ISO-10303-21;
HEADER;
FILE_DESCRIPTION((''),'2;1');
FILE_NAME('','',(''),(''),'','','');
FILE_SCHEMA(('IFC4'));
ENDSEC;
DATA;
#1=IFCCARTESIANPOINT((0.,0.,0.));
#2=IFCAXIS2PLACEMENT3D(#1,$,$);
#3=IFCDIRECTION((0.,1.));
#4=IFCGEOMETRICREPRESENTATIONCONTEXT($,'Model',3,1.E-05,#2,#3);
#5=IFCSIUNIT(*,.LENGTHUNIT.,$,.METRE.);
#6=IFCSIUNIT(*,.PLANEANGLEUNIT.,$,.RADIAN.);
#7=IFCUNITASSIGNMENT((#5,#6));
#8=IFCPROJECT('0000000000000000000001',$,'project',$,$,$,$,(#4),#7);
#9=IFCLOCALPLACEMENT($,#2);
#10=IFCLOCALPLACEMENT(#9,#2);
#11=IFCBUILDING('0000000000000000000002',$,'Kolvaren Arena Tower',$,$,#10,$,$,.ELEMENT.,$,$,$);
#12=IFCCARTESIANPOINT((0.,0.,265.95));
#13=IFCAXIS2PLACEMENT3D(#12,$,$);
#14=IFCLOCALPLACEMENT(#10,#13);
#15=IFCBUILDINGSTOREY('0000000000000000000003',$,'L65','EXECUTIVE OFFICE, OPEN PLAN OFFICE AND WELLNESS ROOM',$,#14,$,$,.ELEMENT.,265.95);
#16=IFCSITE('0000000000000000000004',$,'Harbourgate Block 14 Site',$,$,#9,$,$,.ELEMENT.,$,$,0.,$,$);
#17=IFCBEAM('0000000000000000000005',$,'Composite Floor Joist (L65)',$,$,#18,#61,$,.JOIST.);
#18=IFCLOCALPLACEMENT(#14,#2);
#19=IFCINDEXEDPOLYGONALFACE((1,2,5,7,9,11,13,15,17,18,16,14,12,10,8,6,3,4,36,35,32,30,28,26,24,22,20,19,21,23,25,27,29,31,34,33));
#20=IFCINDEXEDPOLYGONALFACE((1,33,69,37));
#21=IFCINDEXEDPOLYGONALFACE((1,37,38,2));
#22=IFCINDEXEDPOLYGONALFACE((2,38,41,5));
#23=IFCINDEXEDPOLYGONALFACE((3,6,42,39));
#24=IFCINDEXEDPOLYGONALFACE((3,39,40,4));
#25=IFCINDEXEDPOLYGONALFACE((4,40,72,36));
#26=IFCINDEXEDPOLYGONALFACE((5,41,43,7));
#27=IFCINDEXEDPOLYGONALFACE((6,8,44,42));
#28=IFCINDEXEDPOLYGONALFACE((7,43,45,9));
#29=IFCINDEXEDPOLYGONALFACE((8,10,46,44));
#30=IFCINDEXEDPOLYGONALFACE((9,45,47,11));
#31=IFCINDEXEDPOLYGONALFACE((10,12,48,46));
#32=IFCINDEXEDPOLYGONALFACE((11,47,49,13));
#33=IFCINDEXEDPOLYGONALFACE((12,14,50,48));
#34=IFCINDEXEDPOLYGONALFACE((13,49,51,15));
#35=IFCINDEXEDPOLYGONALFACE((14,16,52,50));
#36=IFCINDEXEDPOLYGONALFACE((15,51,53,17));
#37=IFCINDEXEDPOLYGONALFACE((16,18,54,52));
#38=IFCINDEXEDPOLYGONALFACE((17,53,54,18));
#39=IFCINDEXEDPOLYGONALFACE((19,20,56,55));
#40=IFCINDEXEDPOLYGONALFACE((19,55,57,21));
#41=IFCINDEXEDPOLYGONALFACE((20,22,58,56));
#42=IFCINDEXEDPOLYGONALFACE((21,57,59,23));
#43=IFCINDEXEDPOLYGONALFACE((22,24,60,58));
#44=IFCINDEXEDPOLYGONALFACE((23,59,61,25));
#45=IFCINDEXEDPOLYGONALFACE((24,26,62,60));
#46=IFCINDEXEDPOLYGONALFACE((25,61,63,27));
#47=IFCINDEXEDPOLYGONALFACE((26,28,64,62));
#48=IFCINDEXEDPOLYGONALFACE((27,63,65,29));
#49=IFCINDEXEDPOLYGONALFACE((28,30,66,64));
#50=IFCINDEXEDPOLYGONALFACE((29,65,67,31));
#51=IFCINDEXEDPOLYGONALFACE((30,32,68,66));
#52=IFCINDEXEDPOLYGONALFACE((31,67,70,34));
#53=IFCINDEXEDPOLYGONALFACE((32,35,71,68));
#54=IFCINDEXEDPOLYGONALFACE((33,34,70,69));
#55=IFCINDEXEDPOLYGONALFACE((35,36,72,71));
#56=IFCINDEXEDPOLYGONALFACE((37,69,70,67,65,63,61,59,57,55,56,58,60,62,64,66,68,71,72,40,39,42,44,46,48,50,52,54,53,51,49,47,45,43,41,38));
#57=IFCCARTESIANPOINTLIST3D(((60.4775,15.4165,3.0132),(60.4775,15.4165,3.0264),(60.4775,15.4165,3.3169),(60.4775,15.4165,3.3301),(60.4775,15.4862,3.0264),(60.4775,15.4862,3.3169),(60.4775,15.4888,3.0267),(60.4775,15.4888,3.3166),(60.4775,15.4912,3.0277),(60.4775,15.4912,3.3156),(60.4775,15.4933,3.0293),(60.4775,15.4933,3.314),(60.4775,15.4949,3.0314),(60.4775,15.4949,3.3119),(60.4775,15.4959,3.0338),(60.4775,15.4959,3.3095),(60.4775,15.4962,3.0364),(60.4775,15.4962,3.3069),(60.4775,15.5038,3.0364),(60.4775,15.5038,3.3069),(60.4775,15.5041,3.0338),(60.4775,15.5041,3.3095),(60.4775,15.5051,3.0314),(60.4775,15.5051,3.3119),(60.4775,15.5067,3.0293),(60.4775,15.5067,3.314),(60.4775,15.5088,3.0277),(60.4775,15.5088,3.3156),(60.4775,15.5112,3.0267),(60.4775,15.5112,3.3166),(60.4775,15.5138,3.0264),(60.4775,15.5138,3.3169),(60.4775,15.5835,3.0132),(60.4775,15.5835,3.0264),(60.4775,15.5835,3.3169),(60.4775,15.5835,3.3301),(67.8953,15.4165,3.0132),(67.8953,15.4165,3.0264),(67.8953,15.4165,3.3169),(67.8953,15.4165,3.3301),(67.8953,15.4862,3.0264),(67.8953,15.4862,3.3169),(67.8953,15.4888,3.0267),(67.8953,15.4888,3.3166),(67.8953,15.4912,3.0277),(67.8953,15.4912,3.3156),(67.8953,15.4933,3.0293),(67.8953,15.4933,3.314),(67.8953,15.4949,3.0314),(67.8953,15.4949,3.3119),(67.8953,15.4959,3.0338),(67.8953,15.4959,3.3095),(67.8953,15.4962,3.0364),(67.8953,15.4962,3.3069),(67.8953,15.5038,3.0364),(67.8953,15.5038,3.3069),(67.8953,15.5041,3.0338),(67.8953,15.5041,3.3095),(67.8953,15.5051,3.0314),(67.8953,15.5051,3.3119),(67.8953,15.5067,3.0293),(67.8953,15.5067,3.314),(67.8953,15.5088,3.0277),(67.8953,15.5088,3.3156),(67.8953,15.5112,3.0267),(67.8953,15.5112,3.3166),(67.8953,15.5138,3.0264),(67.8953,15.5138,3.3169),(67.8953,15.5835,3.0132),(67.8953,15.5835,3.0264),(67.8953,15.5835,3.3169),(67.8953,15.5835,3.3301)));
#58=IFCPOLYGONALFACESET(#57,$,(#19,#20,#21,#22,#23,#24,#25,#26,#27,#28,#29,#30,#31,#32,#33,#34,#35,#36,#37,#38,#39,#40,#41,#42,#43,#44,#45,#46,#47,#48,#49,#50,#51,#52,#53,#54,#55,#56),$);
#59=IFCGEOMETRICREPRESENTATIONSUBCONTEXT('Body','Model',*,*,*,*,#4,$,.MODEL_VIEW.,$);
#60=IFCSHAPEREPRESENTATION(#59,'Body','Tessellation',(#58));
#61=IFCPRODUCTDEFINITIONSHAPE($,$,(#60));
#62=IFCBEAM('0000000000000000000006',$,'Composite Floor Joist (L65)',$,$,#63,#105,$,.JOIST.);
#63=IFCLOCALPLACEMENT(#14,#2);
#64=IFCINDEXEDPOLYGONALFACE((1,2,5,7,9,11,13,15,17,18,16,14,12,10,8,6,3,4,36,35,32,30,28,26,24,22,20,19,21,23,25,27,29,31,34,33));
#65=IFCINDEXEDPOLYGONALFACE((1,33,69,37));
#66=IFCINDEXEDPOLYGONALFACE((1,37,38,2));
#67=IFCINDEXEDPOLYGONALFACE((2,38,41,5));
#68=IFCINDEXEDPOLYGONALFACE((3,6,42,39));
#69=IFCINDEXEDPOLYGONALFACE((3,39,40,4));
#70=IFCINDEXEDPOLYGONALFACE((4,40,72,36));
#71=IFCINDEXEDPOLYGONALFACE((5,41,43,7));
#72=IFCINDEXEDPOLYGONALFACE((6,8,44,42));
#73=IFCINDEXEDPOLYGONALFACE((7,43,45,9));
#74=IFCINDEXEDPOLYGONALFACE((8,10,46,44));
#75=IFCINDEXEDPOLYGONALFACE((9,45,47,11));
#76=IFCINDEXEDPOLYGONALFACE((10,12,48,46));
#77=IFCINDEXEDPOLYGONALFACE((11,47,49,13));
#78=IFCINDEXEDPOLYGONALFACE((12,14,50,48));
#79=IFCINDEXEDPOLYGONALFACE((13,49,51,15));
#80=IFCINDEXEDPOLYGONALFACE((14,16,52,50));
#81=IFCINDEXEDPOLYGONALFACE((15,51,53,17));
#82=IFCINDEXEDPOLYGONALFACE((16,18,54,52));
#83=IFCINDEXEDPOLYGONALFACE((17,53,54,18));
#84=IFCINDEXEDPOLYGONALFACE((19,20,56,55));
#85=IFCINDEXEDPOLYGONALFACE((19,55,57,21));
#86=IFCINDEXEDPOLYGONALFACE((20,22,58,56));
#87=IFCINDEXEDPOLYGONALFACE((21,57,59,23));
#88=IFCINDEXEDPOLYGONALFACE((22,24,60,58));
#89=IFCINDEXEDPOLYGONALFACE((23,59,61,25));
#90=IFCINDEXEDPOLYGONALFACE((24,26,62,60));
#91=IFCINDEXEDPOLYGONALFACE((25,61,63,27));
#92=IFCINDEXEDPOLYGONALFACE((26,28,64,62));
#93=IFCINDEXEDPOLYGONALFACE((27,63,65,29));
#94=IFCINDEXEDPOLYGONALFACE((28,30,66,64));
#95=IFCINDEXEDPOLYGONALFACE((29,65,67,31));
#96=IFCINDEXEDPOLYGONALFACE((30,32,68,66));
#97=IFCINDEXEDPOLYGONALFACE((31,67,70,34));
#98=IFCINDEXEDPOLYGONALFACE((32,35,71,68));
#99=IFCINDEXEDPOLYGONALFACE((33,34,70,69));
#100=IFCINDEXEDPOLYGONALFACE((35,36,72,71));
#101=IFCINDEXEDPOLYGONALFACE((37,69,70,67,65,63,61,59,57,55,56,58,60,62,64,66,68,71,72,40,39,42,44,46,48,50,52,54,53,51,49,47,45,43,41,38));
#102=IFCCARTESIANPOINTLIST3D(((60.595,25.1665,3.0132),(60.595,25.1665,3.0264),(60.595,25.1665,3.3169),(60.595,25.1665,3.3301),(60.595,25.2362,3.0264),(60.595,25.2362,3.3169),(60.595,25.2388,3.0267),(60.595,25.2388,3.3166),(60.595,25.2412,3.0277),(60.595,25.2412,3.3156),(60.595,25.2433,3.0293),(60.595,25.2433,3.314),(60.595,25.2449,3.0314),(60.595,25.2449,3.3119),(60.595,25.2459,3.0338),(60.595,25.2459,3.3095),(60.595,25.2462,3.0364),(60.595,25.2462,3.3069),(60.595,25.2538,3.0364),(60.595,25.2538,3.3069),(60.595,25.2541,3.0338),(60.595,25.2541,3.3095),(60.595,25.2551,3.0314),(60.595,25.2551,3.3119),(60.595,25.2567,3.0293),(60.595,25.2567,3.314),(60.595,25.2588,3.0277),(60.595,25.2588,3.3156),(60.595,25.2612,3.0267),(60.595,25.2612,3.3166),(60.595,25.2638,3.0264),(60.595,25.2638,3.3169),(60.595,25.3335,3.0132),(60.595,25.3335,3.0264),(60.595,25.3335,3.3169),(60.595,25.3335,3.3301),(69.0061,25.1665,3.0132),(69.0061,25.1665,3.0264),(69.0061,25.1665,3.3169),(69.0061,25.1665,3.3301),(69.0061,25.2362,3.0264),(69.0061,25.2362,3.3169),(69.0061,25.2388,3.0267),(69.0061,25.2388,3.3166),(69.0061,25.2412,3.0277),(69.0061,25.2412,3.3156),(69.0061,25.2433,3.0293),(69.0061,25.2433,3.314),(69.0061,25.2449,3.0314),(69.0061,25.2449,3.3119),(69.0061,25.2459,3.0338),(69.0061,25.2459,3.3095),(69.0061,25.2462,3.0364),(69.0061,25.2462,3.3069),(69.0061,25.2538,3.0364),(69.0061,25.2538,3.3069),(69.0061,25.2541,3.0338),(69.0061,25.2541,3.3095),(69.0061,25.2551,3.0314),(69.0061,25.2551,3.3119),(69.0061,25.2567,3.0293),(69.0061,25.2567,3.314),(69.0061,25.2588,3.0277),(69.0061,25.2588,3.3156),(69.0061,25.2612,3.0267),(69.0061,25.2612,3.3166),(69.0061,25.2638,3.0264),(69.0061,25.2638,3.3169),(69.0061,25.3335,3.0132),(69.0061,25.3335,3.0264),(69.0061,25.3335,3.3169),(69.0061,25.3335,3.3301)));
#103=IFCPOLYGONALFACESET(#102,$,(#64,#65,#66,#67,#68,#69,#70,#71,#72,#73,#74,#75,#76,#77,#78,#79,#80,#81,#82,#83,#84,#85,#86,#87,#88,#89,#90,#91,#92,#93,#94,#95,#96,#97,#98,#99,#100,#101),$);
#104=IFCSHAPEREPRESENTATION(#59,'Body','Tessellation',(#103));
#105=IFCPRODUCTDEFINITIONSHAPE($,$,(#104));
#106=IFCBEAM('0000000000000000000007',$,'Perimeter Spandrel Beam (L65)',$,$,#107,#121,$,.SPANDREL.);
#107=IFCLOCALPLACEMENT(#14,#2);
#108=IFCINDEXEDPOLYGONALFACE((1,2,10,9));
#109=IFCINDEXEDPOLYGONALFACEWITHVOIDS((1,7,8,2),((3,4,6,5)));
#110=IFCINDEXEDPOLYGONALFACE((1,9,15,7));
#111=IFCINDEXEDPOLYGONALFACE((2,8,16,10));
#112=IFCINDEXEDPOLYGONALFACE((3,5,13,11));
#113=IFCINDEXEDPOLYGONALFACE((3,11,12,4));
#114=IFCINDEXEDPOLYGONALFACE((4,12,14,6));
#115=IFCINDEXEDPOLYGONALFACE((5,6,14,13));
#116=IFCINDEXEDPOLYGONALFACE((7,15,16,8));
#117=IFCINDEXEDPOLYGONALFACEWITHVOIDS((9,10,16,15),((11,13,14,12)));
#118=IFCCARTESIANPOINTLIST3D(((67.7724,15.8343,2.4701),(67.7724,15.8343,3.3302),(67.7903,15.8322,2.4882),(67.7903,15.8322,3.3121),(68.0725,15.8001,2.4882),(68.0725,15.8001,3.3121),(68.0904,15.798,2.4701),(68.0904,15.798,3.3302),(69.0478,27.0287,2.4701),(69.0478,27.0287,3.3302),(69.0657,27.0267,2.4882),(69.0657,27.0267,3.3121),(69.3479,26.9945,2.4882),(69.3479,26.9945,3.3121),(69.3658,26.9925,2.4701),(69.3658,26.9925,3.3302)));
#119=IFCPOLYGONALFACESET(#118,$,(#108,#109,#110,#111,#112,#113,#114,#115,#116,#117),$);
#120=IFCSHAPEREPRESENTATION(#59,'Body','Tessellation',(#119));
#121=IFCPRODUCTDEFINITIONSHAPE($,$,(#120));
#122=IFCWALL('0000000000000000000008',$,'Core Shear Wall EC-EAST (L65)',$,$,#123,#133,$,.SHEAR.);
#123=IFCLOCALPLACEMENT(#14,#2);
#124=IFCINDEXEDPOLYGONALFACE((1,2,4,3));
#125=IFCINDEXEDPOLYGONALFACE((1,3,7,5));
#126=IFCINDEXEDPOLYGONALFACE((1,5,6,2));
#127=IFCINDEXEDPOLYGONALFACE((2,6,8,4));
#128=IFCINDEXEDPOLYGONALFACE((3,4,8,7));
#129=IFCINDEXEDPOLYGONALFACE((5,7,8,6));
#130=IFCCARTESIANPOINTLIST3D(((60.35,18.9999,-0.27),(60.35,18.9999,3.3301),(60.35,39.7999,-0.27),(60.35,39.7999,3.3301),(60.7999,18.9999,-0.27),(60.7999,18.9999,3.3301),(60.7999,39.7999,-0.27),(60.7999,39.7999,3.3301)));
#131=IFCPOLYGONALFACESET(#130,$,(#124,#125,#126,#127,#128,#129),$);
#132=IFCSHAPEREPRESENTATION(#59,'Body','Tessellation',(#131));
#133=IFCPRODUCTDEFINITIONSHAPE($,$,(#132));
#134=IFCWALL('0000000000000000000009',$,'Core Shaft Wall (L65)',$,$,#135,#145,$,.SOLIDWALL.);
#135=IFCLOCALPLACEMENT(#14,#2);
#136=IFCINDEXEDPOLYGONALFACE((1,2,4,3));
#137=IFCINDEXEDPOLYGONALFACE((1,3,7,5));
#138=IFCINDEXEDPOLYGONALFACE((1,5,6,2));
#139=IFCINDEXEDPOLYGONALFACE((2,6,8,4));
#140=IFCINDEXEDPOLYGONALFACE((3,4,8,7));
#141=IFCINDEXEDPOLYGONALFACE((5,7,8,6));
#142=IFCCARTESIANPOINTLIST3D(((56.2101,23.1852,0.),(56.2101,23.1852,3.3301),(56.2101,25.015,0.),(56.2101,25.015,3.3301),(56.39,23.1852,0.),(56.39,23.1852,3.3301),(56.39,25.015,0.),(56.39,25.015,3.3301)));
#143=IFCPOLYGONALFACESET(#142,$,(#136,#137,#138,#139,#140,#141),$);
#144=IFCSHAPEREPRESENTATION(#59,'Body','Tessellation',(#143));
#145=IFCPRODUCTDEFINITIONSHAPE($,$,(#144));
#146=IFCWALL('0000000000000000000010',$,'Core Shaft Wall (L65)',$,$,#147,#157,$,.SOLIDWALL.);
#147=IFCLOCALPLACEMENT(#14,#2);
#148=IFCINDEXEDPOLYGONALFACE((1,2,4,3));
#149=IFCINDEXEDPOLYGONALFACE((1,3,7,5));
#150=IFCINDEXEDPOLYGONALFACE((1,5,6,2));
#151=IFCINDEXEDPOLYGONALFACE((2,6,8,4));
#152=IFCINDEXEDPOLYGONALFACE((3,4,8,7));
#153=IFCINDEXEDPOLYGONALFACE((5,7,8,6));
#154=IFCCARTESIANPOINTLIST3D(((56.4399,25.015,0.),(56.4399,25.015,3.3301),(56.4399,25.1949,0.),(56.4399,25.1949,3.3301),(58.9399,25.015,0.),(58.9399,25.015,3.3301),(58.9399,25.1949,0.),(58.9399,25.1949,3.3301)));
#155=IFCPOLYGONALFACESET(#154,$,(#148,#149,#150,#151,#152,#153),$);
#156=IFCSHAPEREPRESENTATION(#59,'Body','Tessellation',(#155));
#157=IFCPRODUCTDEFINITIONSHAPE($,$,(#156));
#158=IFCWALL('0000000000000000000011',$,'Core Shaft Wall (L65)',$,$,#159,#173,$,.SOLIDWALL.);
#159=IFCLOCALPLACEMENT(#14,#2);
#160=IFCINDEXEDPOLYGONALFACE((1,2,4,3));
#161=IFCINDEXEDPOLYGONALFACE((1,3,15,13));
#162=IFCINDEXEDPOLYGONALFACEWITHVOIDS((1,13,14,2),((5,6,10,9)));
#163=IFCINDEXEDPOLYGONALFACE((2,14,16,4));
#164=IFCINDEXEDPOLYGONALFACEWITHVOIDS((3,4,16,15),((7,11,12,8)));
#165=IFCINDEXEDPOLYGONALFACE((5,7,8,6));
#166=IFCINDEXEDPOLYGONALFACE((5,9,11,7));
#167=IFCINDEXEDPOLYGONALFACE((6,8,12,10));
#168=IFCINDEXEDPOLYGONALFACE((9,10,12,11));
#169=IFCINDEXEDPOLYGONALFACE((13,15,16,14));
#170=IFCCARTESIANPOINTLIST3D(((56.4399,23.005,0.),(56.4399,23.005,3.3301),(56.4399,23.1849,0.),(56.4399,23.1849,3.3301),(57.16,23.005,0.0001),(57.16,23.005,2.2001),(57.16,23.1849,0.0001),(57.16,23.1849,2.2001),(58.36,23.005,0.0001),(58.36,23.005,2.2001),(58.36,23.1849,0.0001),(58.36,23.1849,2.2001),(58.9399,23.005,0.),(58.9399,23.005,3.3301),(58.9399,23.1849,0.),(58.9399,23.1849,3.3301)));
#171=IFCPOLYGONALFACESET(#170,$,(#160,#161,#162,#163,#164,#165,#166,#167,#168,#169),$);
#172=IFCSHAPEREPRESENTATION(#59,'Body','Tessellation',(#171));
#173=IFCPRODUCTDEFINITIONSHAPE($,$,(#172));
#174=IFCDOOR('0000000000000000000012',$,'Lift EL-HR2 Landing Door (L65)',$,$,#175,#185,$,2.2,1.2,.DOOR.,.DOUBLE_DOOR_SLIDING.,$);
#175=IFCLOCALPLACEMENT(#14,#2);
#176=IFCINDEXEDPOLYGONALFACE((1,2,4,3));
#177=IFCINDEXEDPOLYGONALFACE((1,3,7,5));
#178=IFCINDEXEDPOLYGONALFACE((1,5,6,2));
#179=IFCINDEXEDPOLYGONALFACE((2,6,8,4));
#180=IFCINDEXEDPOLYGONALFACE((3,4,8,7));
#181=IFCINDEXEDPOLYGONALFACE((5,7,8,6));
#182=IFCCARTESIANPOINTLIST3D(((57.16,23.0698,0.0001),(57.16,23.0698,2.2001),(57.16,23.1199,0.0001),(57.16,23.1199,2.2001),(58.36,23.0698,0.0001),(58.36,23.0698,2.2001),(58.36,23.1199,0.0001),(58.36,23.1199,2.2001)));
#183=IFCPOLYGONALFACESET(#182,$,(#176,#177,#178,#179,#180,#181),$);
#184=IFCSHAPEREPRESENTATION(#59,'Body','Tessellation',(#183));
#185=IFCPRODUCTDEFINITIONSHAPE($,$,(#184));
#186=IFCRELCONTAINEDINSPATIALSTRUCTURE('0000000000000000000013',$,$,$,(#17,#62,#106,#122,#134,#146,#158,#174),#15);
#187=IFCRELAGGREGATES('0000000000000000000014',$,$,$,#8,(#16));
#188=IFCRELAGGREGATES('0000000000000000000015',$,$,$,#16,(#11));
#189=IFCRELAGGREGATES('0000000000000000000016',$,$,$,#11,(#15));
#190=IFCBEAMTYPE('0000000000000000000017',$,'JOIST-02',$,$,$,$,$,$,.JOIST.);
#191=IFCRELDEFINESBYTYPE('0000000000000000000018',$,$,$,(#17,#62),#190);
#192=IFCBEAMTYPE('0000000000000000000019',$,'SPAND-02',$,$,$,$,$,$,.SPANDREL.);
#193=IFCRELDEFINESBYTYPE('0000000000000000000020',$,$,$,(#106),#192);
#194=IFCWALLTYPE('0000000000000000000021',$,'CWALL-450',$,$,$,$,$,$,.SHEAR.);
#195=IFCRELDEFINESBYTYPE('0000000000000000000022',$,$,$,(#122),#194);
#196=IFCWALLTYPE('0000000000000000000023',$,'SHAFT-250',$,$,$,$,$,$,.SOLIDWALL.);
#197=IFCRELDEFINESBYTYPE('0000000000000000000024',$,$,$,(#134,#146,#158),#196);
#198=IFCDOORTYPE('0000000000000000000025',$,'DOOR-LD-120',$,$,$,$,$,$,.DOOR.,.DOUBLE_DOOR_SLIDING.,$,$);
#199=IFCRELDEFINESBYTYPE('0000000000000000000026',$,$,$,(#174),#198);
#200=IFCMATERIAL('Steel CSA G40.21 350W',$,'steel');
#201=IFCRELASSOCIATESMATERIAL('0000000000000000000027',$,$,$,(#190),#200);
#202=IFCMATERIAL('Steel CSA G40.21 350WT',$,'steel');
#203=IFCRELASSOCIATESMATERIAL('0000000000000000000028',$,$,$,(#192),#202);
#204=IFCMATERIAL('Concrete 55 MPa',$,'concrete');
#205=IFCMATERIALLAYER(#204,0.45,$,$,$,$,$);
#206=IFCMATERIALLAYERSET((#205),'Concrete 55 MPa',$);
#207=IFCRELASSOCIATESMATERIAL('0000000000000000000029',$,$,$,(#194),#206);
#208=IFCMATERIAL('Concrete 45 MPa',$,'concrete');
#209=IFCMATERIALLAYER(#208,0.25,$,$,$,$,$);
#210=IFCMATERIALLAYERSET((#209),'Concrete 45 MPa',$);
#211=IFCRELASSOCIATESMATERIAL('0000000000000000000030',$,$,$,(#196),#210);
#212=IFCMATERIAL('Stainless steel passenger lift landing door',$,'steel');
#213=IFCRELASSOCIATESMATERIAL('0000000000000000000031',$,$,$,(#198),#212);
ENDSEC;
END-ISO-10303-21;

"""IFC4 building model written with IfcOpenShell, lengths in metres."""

from ifc_helpers import new_model, si_unit, direction, frame, frame_2d, origin, origin_2d, place, context, subcontext, project, spatial, rectangle, hollow_rectangle, i_section, extrude, material, layer, layer_set, material_profile, profile_set, type_object, element, fill, save


model = new_model("IFC4")

# Units and contexts
model_context = context("Model", 3, precision=1e-05, world=origin(), true_north=direction((0.0, 1.0)))
body_context = subcontext(model_context, "Body", "Model", "MODEL_VIEW")
ifc_project = project(units=[si_unit("LENGTHUNIT", "METRE"), si_unit("PLANEANGLEUNIT", "RADIAN")], contexts=[model_context])

# Site, building, storey
site_placement = place(None, origin())
site = spatial("IfcSite", under=ifc_project, at=site_placement, Name="Harbourgate Block 14 Site", CompositionType="ELEMENT", RefElevation=0.0)
building_placement = place(site_placement, origin())
building = spatial("IfcBuilding", under=site, at=building_placement, Name="Kolvaren Arena Tower", CompositionType="ELEMENT")
storey_placement = place(building_placement, frame((0.0, 0.0, 265.95)))
storey = spatial("IfcBuildingStorey", under=building, at=storey_placement, Name="L65", Description="EXECUTIVE OFFICE, OPEN PLAN OFFICE AND WELLNESS ROOM", CompositionType="ELEMENT", Elevation=265.95)

# Beams
ifc_material_1 = material(Name="Steel CSA G40.21 350W", Category="steel")
ifc_material_profile_1 = material_profile(ifc_material_1, i_section(OverallWidth=0.167, OverallDepth=0.3169, WebThickness=0.0076, FlangeThickness=0.0132, FilletRadius=0.01, at=origin_2d()), Name="W310x52")
ifc_profile_set_1 = profile_set([ifc_material_profile_1], Name="Steel CSA G40.21 350W")
beam_type_1 = type_object("IfcBeamType", Name="JOIST-02", PredefinedType="JOIST", material=ifc_profile_set_1)
beam_1_placement = place(storey_placement, frame((60.4775, 15.5, 3.1716), z_axis=(1.0, 0.0, 0.0), x_axis=(0.0, 1.0, 0.0)))
element("IfcBeam", 1, at=beam_1_placement, inside=storey, type_object=beam_type_1, Name="Composite Floor Joist (L65)", PredefinedType="JOIST", context=body_context, shape_type="SweptSolid", body=[
    extrude(i_section(OverallWidth=0.167, OverallDepth=0.3169, WebThickness=0.0076, FlangeThickness=0.0132, FilletRadius=0.01, at=origin_2d()), origin(), (0.0, 0.0, 1.0), 7.4177),
])
beam_2_placement = place(storey_placement, frame((60.595, 25.25, 3.1716), z_axis=(1.0, 0.0, 0.0), x_axis=(0.0, 1.0, 0.0)))
element("IfcBeam", 2, at=beam_2_placement, inside=storey, type_object=beam_type_1, Name="Composite Floor Joist (L65)", PredefinedType="JOIST", context=body_context, shape_type="SweptSolid", body=[
    extrude(i_section(OverallWidth=0.167, OverallDepth=0.3169, WebThickness=0.0076, FlangeThickness=0.0132, FilletRadius=0.01, at=origin_2d()), origin(), (0.0, 0.0, 1.0), 8.4111),
])
ifc_material_2 = material(Name="Steel CSA G40.21 350WT", Category="steel")
ifc_material_profile_2 = material_profile(ifc_material_2, hollow_rectangle(XDim=0.3201, YDim=0.8601, WallThickness=0.0181, at=origin_2d()), Name="HSS 860x320x18")
ifc_profile_set_2 = profile_set([ifc_material_profile_2], Name="Steel CSA G40.21 350WT")
beam_type_2 = type_object("IfcBeamType", Name="SPAND-02", PredefinedType="SPANDREL", material=ifc_profile_set_2)
beam_3_placement = place(storey_placement, frame((67.9314, 15.8162, 2.9001), z_axis=(0.113199, 0.993572, 0.0), x_axis=(-0.993572, 0.113199, 0.0)))
element("IfcBeam", 3, at=beam_3_placement, inside=storey, type_object=beam_type_2, Name="Perimeter Spandrel Beam (L65)", PredefinedType="SPANDREL", context=body_context, shape_type="SweptSolid", body=[
    extrude(hollow_rectangle(XDim=0.3201, YDim=0.8601, WallThickness=0.0181, at=origin_2d()), origin(), (0.0, 0.0, 1.0), 11.2668),
])

# Walls
ifc_material_3 = material(Name="Concrete 55 MPa", Category="concrete")
ifc_layer_1 = layer(ifc_material_3, 0.45)
ifc_layer_set_1 = layer_set([ifc_layer_1], Name="Concrete 55 MPa")
wall_type_1 = type_object("IfcWallType", Name="CWALL-450", PredefinedType="SHEAR", material=ifc_layer_set_1)
wall_1_placement = place(storey_placement, frame((60.575, 19.0, -0.27), z_axis=(0.0, 0.0, 1.0), x_axis=(0.0, 1.0, 0.0)))
element("IfcWall", 4, at=wall_1_placement, inside=storey, type_object=wall_type_1, Name="Core Shear Wall EC-EAST (L65)", PredefinedType="SHEAR", context=body_context, shape_type="SweptSolid", body=[
    extrude(rectangle(XDim=20.8, YDim=0.45, at=frame_2d((10.3999, 0.0))), origin(), (0.0, 0.0, 1.0), 3.6001),
])
ifc_material_4 = material(Name="Concrete 45 MPa", Category="concrete")
ifc_layer_2 = layer(ifc_material_4, 0.25)
ifc_layer_set_2 = layer_set([ifc_layer_2], Name="Concrete 45 MPa")
wall_type_2 = type_object("IfcWallType", Name="SHAFT-250", PredefinedType="SOLIDWALL", material=ifc_layer_set_2)
wall_2_placement = place(storey_placement, frame((56.3, 23.1851, 0.0), z_axis=(0.0, 0.0, 1.0), x_axis=(0.0, 1.0, 0.0)))
element("IfcWall", 5, at=wall_2_placement, inside=storey, type_object=wall_type_2, Name="Core Shaft Wall (L65)", PredefinedType="SOLIDWALL", context=body_context, shape_type="SweptSolid", body=[
    extrude(rectangle(XDim=1.8298, YDim=0.1799, at=frame_2d((0.915, 0.0))), origin(), (0.0, 0.0, 1.0), 3.3301),
])
wall_3_placement = place(storey_placement, frame((56.4399, 25.105, 0.0), z_axis=(0.0, 0.0, 1.0), x_axis=(1.0, 0.0, 0.0)))
element("IfcWall", 6, at=wall_3_placement, inside=storey, type_object=wall_type_2, Name="Core Shaft Wall (L65)", PredefinedType="SOLIDWALL", context=body_context, shape_type="SweptSolid", body=[
    extrude(rectangle(XDim=2.5, YDim=0.1799, at=frame_2d((1.25, 0.0))), origin(), (0.0, 0.0, 1.0), 3.3301),
])

# Wall, opening, door
wall_4_placement = place(storey_placement, frame((56.4399, 23.095, 0.0), z_axis=(0.0, 0.0, 1.0), x_axis=(1.0, 0.0, 0.0)))
wall_4 = element("IfcWall", 7, at=wall_4_placement, inside=storey, type_object=wall_type_2, Name="Core Shaft Wall (L65)", PredefinedType="SOLIDWALL", context=body_context, shape_type="SweptSolid", body=[
    extrude(rectangle(XDim=2.5, YDim=0.1799, at=frame_2d((1.25, 0.0))), origin(), (0.0, 0.0, 1.0), 3.3301),
])
opening_placement = place(wall_4_placement, frame((0.72, 0.0, 0.0)))
opening = element("IfcOpeningElement", 8, at=opening_placement, cuts=wall_4, PredefinedType="OPENING", context=body_context, shape_type="SweptSolid", body=[
    extrude(rectangle(XDim=1.2, YDim=2.2, at=frame_2d((0.6001, 1.1001))), frame((0.0, 0.0999, 0.0), z_axis=(0.0, -1.0, 0.0), x_axis=(1.0, 0.0, 0.0)), (0.0, 0.0, 1.0), 0.2),
])
ifc_material_5 = material(Name="Stainless steel passenger lift landing door", Category="steel")
door_type = type_object("IfcDoorType", Name="DOOR-LD-120", OperationType="DOUBLE_DOOR_SLIDING", PredefinedType="DOOR", material=ifc_material_5)
door_placement = place(opening_placement, origin())
door = element("IfcDoor", 9, at=door_placement, inside=storey, type_object=door_type, Name="Lift EL-HR2 Landing Door (L65)", OperationType="DOUBLE_DOOR_SLIDING", OverallHeight=2.2, OverallWidth=1.2, PredefinedType="DOOR", context=body_context, shape_type="SweptSolid", body=[
    extrude(rectangle(XDim=1.2, YDim=2.2, at=frame_2d((0.6001, 1.1001))), frame((0.0, 0.0249, 0.0), z_axis=(0.0, -1.0, 0.0), x_axis=(1.0, 0.0, 0.0)), (0.0, 0.0, 1.0), 0.05),
])
fill(opening, door)

save(model, "model.ifc")
